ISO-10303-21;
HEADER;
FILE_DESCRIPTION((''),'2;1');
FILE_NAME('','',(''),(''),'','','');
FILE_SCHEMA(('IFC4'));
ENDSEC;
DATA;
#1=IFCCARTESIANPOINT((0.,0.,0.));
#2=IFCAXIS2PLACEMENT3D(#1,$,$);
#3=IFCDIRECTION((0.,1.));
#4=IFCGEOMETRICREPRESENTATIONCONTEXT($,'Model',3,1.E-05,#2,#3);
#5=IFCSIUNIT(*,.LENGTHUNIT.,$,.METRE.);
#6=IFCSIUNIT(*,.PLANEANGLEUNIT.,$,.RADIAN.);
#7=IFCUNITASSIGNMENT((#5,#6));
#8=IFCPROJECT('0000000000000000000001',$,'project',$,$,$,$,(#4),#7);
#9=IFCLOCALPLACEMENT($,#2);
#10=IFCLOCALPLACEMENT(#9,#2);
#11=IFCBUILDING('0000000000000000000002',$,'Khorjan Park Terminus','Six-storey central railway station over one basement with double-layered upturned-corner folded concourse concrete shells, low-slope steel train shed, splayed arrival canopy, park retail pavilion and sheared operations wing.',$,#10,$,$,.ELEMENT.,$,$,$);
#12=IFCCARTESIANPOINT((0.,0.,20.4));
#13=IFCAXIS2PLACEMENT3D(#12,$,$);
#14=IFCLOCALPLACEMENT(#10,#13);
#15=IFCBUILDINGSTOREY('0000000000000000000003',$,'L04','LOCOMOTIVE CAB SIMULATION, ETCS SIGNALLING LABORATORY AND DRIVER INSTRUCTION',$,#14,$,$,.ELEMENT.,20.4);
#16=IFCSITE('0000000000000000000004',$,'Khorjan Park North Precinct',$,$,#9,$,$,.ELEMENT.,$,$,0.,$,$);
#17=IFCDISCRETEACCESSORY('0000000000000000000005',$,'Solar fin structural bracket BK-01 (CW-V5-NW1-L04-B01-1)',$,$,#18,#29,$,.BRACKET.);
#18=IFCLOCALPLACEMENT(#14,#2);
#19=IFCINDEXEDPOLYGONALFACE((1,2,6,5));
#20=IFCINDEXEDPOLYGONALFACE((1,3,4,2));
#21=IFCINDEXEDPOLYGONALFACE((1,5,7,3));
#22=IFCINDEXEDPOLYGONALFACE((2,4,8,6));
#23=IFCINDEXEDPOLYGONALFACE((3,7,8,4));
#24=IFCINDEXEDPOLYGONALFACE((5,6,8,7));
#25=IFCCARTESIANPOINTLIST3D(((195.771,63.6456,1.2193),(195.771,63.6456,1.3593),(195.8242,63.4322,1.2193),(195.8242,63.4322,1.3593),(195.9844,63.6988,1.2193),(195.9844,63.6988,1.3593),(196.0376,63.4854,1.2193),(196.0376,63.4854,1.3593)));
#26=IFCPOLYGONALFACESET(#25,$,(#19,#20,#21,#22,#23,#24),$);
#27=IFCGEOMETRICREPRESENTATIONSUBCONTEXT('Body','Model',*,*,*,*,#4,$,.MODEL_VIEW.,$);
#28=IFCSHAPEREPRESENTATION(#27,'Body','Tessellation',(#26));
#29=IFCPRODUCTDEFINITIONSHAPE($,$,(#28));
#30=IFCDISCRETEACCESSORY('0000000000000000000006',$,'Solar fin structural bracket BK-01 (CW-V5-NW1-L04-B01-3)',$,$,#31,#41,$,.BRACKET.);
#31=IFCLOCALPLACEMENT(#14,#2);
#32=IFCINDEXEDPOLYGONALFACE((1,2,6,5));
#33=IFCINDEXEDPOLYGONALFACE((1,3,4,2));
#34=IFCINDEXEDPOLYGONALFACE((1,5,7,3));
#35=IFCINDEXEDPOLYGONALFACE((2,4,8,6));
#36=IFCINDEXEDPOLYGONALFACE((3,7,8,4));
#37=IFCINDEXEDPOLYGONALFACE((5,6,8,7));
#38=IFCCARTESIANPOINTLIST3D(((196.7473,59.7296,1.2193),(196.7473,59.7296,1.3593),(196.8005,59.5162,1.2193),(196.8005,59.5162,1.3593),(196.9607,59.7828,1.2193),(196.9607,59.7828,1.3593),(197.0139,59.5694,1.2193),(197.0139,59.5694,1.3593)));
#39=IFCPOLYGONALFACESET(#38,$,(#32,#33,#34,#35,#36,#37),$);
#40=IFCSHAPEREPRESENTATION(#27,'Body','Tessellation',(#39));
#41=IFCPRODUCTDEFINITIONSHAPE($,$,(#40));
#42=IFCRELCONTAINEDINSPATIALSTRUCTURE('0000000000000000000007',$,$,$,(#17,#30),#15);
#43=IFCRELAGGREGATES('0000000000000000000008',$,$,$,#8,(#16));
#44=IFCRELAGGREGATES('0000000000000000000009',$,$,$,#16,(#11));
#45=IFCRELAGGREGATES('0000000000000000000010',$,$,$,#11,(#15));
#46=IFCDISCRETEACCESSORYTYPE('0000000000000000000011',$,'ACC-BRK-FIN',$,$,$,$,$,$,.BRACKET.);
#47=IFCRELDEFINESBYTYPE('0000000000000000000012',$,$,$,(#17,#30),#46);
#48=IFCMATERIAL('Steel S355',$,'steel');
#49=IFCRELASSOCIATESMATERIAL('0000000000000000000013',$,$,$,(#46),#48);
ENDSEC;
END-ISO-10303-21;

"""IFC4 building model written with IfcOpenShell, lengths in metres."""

from ifc_helpers import new_model, si_unit, direction, frame, origin, origin_2d, place, context, subcontext, project, spatial, rectangle, extrude, material, type_object, element, save


model = new_model("IFC4")

# Units and contexts
model_context = context("Model", 3, precision=1e-05, world=origin(), true_north=direction((0.0, 1.0)))
body_context = subcontext(model_context, "Body", "Model", "MODEL_VIEW")
ifc_project = project(units=[si_unit("LENGTHUNIT", "METRE"), si_unit("PLANEANGLEUNIT", "RADIAN")], contexts=[model_context])

# Site, building, storey
site_placement = place(None, origin())
site = spatial("IfcSite", under=ifc_project, at=site_placement, Name="Khorjan Park North Precinct", CompositionType="ELEMENT", RefElevation=0.0)
building_placement = place(site_placement, origin())
building = spatial("IfcBuilding", under=site, at=building_placement, Name="Khorjan Park Terminus", Description="Six-storey central railway station over one basement with double-layered upturned-corner folded concourse concrete shells, low-slope steel train shed, splayed arrival canopy, park retail pavilion and sheared operations wing.", CompositionType="ELEMENT")
storey_placement = place(building_placement, frame((0.0, 0.0, 20.4)))
storey = spatial("IfcBuildingStorey", under=building, at=storey_placement, Name="L04", Description="LOCOMOTIVE CAB SIMULATION, ETCS SIGNALLING LABORATORY AND DRIVER INSTRUCTION", CompositionType="ELEMENT", Elevation=20.4)

# Shared definitions
ifc_material_1 = material(Name="Steel S355", Category="steel")

# Discrete accessories
discrete_accessory_type = type_object("IfcDiscreteAccessoryType", Name="ACC-BRK-FIN", PredefinedType="BRACKET", material=ifc_material_1)
for number, where, z_axis, x_axis, name in (
    (1, (195.9043, 63.5655, 1.2193), (0.0, 0.0, 1.0), (0.24192, -0.970296, 0.0), "Solar fin structural bracket BK-01 (CW-V5-NW1-L04-B01-1)"),
    (2, (196.8806, 59.6495, 1.2193), (0.0, 0.0, 1.0), (0.24192, -0.970296, 0.0), "Solar fin structural bracket BK-01 (CW-V5-NW1-L04-B01-3)"),
):
    element("IfcDiscreteAccessory", number, at=place(storey_placement, frame(where, z_axis=z_axis, x_axis=x_axis)), inside=storey, type_object=discrete_accessory_type, Name=name, PredefinedType="BRACKET", context=body_context, shape_type="SweptSolid", body=[
        extrude(rectangle(XDim=0.22, YDim=0.22, at=origin_2d()), origin(), (0.0, 0.0, 1.0), 0.14),
    ])

save(model, "model.ifc")
